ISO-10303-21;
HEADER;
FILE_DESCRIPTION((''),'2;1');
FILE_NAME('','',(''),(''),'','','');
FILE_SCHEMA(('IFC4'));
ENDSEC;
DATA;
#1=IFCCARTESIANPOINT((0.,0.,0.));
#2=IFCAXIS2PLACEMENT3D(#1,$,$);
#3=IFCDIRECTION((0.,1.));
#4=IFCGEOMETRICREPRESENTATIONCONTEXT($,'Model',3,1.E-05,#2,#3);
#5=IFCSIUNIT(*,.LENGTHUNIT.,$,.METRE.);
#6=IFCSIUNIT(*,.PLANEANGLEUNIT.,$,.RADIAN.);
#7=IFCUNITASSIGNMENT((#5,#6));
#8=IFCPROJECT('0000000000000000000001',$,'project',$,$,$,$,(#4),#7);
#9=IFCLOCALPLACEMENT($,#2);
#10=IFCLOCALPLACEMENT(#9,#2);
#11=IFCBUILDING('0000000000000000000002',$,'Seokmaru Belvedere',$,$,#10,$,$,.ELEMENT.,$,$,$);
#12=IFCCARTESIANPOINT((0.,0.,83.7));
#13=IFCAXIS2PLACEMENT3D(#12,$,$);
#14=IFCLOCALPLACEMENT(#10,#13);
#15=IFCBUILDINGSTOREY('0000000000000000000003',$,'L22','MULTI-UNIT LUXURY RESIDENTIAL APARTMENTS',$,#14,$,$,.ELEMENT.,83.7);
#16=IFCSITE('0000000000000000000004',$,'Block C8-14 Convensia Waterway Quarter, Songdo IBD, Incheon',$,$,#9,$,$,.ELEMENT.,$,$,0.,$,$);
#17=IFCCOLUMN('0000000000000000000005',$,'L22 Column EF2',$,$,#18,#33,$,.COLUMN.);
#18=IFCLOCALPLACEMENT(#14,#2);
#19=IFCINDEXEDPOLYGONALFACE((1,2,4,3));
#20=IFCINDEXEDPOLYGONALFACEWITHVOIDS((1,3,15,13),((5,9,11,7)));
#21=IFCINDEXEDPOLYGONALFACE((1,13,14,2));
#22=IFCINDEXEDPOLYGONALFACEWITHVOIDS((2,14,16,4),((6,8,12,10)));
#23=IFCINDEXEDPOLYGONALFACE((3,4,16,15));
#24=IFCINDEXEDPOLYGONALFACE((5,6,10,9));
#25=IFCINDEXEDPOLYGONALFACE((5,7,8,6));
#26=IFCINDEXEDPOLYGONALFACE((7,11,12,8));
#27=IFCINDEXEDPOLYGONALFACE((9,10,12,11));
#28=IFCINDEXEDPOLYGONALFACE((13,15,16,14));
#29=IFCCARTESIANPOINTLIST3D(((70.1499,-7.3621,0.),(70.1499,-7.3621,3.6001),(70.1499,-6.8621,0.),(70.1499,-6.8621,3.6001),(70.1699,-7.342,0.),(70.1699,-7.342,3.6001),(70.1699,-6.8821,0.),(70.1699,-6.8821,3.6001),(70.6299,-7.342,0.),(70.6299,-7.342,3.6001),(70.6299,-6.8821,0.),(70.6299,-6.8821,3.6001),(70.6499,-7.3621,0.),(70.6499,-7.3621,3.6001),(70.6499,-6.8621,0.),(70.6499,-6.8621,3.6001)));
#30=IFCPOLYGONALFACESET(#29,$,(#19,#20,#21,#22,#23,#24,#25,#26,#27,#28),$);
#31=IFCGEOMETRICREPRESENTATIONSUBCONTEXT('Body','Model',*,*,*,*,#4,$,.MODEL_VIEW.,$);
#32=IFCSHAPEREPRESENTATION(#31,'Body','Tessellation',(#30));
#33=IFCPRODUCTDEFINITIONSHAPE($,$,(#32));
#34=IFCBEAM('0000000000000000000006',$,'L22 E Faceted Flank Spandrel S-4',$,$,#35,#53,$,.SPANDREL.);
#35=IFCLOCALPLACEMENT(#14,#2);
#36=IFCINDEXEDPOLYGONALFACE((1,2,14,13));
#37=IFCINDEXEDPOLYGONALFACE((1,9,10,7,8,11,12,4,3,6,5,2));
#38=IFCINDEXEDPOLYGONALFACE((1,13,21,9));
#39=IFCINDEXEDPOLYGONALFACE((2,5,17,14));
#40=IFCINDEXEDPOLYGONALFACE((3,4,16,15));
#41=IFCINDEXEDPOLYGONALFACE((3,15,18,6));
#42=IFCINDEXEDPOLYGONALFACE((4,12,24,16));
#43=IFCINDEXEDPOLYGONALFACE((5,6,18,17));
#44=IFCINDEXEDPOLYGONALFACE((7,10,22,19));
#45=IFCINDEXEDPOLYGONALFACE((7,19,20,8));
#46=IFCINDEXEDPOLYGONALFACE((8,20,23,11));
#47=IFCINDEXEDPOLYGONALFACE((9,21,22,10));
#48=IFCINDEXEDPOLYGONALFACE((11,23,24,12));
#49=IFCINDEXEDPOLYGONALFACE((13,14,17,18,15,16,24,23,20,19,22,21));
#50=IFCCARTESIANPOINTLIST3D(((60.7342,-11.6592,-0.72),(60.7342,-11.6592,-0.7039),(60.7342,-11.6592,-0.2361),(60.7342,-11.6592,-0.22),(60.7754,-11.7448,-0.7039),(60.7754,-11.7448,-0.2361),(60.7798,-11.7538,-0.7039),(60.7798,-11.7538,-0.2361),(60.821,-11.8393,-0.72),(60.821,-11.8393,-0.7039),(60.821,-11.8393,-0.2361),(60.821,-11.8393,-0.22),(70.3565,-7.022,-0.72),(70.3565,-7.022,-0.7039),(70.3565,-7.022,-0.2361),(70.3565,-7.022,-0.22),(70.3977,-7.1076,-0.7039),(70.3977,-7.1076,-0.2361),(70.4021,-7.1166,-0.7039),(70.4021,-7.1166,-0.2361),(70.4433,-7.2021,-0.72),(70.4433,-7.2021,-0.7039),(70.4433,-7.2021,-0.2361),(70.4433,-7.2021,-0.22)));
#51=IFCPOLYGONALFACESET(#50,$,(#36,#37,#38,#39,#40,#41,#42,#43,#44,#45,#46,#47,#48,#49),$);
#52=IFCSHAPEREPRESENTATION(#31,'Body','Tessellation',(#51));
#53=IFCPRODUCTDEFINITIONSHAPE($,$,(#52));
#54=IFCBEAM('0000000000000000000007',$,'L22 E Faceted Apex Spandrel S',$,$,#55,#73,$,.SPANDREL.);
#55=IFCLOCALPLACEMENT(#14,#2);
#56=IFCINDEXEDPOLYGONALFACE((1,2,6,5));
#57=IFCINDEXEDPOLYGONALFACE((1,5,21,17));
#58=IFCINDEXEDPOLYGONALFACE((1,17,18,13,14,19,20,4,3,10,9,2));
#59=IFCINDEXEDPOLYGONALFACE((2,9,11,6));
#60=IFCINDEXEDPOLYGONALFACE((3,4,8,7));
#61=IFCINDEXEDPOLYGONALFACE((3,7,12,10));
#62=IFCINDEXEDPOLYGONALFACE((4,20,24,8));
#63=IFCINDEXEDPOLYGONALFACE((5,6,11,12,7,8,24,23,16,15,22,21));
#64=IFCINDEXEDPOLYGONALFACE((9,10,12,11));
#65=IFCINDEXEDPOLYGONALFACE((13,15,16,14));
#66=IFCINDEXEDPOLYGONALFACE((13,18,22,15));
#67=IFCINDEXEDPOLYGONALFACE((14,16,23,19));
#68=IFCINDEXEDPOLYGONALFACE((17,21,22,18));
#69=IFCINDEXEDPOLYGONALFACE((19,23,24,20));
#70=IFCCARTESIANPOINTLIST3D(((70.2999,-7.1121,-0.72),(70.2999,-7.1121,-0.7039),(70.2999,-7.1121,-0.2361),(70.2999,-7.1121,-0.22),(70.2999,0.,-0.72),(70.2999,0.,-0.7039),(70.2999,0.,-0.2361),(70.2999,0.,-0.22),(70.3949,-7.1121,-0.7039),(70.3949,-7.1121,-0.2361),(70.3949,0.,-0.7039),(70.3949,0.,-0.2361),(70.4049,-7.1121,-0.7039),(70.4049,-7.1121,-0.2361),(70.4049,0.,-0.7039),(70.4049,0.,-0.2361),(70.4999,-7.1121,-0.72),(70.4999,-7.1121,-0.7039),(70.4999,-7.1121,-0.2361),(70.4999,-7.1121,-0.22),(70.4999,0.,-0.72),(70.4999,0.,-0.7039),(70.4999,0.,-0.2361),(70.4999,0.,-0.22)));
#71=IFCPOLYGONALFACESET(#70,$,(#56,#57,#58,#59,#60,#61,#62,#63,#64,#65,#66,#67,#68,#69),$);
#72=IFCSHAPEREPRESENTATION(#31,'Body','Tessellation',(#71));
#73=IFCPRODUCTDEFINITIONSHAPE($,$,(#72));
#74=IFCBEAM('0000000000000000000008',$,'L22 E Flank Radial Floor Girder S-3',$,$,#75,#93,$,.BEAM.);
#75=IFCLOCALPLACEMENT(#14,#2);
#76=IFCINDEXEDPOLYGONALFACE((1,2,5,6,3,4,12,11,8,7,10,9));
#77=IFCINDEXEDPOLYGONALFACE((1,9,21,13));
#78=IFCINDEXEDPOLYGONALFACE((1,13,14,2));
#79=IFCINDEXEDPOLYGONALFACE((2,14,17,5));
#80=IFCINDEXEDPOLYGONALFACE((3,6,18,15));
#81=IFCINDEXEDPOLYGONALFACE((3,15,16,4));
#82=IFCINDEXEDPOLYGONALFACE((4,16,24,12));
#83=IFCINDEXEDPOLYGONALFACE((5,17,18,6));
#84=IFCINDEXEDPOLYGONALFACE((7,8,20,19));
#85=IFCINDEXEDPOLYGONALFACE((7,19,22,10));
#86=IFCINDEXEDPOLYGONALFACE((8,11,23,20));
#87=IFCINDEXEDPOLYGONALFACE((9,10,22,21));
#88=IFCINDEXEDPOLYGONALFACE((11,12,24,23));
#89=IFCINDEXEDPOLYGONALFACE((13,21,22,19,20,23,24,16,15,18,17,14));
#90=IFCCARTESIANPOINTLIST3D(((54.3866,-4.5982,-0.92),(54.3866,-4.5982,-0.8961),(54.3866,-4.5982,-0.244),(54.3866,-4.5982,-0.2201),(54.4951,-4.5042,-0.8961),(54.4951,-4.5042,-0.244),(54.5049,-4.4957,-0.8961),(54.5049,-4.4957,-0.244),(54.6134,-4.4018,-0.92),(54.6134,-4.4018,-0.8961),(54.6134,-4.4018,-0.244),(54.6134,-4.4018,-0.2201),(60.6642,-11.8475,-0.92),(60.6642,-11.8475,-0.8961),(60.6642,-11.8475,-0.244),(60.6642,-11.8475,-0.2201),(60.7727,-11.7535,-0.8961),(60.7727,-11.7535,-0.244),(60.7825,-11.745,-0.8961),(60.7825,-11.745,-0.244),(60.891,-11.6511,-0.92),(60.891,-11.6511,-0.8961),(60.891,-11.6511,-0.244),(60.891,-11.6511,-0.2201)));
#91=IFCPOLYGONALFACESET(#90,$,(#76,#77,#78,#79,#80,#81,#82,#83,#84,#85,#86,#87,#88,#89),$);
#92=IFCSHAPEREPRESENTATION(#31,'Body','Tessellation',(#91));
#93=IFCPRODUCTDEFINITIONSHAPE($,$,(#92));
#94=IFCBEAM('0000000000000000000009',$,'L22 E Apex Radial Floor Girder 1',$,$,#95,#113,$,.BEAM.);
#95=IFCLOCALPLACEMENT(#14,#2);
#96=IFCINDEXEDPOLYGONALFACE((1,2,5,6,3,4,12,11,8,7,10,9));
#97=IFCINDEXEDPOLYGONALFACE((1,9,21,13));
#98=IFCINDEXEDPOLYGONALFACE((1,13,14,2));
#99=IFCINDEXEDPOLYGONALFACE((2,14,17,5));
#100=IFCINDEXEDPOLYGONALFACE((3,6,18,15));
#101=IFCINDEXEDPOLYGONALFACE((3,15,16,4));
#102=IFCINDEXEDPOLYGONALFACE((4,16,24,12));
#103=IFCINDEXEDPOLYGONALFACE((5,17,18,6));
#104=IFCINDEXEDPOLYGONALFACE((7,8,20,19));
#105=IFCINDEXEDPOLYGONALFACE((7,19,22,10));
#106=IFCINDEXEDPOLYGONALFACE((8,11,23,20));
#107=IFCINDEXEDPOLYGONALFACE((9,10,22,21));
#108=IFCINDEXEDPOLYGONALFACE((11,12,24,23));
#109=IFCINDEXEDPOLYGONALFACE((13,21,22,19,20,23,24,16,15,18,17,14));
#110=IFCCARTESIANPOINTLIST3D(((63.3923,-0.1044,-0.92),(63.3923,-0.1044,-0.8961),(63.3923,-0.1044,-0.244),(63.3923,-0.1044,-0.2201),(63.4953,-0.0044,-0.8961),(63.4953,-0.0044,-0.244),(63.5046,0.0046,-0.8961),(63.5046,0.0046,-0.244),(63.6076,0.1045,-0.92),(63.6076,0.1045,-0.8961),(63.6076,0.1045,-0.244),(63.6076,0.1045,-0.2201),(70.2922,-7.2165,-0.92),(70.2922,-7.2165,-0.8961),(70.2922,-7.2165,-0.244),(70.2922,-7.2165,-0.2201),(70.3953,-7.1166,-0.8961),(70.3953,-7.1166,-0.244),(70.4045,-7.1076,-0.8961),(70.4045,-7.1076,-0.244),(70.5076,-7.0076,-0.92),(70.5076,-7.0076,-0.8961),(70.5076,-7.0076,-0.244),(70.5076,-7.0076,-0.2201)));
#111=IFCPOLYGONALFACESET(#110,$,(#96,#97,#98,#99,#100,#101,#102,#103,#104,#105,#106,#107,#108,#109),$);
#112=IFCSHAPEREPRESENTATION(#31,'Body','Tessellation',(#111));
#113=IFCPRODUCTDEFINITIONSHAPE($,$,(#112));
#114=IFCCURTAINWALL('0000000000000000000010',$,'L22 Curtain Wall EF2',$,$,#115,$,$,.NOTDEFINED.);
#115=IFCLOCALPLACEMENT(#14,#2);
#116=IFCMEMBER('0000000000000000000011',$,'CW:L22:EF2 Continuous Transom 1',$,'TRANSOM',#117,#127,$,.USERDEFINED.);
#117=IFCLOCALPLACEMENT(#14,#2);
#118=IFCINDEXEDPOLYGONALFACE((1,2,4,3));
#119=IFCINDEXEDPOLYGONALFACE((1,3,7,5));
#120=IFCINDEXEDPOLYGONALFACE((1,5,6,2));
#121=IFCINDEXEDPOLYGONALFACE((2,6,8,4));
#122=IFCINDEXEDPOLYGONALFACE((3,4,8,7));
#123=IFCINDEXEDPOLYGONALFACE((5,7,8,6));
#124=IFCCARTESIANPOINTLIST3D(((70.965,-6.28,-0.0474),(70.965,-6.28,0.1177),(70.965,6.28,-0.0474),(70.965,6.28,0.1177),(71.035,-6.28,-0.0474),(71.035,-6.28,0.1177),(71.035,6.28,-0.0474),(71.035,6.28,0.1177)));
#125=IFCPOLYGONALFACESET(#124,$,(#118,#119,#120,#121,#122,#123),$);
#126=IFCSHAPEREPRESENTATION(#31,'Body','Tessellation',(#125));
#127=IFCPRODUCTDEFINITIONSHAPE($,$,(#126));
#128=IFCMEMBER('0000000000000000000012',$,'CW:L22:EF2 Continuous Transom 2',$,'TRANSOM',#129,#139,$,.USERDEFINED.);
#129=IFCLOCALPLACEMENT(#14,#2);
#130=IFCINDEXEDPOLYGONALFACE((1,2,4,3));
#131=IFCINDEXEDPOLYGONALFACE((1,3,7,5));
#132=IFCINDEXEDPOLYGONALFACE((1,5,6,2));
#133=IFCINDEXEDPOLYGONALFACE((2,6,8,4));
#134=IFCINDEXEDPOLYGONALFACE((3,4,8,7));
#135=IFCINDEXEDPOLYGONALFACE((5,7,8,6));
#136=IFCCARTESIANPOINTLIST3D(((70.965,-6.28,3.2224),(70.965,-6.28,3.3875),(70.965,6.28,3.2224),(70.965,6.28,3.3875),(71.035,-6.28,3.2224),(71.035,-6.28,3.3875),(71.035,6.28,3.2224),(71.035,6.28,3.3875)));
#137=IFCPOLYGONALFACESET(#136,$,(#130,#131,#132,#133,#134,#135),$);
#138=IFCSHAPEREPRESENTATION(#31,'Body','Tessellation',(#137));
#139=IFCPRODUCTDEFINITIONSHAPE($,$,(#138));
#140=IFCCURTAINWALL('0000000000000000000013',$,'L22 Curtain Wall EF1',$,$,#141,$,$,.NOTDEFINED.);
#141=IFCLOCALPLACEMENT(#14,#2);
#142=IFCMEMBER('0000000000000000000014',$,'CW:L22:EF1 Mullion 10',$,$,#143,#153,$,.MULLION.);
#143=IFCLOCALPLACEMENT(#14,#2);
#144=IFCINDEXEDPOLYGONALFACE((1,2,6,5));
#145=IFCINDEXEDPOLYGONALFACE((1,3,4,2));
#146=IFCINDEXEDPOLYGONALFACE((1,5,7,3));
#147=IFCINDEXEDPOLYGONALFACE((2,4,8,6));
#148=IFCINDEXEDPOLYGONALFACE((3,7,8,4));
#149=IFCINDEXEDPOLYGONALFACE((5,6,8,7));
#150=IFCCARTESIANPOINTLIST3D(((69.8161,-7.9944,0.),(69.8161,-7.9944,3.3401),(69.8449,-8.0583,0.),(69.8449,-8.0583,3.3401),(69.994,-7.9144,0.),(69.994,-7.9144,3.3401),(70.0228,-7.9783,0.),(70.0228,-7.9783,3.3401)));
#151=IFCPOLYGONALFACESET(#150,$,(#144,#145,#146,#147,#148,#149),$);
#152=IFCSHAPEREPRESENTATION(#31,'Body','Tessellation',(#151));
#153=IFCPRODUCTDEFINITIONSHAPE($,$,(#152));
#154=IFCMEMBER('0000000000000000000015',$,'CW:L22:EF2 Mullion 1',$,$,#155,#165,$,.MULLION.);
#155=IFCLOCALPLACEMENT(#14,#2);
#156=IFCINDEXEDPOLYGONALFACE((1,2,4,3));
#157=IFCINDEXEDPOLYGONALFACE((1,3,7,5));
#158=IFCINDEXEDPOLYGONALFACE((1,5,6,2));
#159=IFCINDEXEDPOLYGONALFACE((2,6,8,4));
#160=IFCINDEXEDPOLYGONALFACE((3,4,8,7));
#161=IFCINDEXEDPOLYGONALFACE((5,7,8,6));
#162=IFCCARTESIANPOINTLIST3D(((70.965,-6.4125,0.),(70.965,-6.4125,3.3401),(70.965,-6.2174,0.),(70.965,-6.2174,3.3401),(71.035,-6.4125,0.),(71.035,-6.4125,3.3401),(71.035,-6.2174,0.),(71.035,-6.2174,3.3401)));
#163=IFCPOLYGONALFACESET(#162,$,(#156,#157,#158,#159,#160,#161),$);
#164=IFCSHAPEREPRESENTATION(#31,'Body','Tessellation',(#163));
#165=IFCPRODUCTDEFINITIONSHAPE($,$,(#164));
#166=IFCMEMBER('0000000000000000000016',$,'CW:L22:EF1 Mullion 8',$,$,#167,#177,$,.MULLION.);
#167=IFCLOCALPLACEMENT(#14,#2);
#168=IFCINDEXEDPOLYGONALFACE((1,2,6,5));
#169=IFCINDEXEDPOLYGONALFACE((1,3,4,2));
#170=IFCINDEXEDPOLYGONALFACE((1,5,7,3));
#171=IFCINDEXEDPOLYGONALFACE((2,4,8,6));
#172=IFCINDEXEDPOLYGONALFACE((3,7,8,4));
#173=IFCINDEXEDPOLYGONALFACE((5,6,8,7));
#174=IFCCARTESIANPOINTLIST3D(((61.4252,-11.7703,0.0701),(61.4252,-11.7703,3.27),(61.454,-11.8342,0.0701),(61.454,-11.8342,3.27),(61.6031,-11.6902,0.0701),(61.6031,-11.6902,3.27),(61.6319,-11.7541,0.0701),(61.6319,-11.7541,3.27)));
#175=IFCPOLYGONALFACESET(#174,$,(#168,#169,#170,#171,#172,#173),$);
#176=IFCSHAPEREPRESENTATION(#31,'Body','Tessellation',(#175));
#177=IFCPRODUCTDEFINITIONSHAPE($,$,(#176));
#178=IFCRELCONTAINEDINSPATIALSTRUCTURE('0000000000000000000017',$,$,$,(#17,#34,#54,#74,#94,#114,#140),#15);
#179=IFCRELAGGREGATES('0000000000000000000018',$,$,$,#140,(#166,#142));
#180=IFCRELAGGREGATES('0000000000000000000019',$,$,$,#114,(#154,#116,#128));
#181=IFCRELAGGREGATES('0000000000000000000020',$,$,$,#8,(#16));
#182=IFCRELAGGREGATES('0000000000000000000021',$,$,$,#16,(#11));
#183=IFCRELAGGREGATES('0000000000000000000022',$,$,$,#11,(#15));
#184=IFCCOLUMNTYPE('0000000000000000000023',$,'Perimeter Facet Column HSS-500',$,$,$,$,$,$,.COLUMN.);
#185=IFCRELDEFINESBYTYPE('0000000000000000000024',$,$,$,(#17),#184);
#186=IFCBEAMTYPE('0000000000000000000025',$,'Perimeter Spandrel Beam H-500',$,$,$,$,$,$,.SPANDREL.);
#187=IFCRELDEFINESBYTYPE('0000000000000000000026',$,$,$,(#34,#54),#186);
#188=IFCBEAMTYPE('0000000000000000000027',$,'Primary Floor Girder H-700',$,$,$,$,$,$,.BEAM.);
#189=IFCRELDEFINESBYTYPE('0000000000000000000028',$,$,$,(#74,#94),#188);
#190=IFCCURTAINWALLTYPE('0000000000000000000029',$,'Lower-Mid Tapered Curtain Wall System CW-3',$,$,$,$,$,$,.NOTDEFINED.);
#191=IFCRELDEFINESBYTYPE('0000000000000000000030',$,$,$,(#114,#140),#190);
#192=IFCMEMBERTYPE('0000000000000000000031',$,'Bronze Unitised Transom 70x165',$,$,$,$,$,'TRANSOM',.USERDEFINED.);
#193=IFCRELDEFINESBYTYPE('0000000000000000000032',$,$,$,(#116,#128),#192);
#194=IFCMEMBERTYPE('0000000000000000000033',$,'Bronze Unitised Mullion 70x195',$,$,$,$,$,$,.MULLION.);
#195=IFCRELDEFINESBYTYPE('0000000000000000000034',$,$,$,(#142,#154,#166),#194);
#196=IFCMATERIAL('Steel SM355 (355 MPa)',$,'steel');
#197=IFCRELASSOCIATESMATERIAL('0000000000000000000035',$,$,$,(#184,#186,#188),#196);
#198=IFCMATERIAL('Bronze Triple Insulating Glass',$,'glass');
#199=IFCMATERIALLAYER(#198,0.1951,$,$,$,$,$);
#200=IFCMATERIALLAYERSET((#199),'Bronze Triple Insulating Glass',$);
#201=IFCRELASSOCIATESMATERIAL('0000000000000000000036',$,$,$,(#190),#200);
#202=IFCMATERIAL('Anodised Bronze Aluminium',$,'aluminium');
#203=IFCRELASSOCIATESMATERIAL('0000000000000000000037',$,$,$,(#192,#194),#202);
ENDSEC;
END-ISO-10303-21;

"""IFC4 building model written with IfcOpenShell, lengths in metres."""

from ifc_helpers import new_model, si_unit, direction, frame, origin, origin_2d, place, context, subcontext, project, spatial, rectangle, hollow_rectangle, i_section, extrude, source, transform, mapped, material, layer, layer_set, material_profile, profile_set, type_object, type_shapes, element, aggregate, save


model = new_model("IFC4")

# Units and contexts
model_context = context("Model", 3, precision=1e-05, world=origin(), true_north=direction((0.0, 1.0)))
body_context = subcontext(model_context, "Body", "Model", "MODEL_VIEW")
ifc_project = project(units=[si_unit("LENGTHUNIT", "METRE"), si_unit("PLANEANGLEUNIT", "RADIAN")], contexts=[model_context])

# Site, building, storey
site_placement = place(None, origin())
site = spatial("IfcSite", under=ifc_project, at=site_placement, Name="Block C8-14 Convensia Waterway Quarter, Songdo IBD, Incheon", CompositionType="ELEMENT", RefElevation=0.0)
building_placement = place(site_placement, origin())
building = spatial("IfcBuilding", under=site, at=building_placement, Name="Seokmaru Belvedere", CompositionType="ELEMENT")
storey_placement = place(building_placement, frame((0.0, 0.0, 83.7)))
storey = spatial("IfcBuildingStorey", under=building, at=storey_placement, Name="L22", Description="MULTI-UNIT LUXURY RESIDENTIAL APARTMENTS", CompositionType="ELEMENT", Elevation=83.7)

# Column
ifc_material_1 = material(Name="Steel SM355 (355 MPa)", Category="steel")
ifc_material_profile_1 = material_profile(ifc_material_1, hollow_rectangle(XDim=0.5, YDim=0.5, WallThickness=0.02, at=origin_2d()), Name="HSS-500x500x20")
ifc_profile_set_1 = profile_set([ifc_material_profile_1], Name="Steel SM355 (355 MPa)")
column_type = type_object("IfcColumnType", Name="Perimeter Facet Column HSS-500", PredefinedType="COLUMN", material=ifc_profile_set_1)
shared_shape_1 = source(origin(), body_context, "Body", "SweptSolid", [
    extrude(hollow_rectangle(XDim=0.5, YDim=0.5, WallThickness=0.02, at=origin_2d()), origin(), (0.0, 0.0, 1.0), 3.6001),
])
type_shapes(column_type, [shared_shape_1])
column_placement = place(storey_placement, frame((70.3999, -7.1121, 0.0), z_axis=(0.0, 0.0, 1.0), x_axis=(1.0, 0.0, 0.0)))
element("IfcColumn", 1, at=column_placement, inside=storey, type_object=column_type, Name="L22 Column EF2", PredefinedType="COLUMN", context=body_context, shape_type="MappedRepresentation", body=[
    mapped(shared_shape_1, transform((0.0, 0.0, 0.0), scale=1.0)),
])

# Beams
ifc_material_profile_2 = material_profile(ifc_material_1, i_section(OverallWidth=0.2, OverallDepth=0.5, WebThickness=0.01, FlangeThickness=0.0161, at=origin_2d()), Name="H-500x200x10x16")
ifc_profile_set_2 = profile_set([ifc_material_profile_2], Name="Steel SM355 (355 MPa)")
beam_type_1 = type_object("IfcBeamType", Name="Perimeter Spandrel Beam H-500", PredefinedType="SPANDREL", material=ifc_profile_set_2)
shared_shape_2 = source(origin(), body_context, "Body", "SweptSolid", [
    extrude(i_section(OverallWidth=0.2, OverallDepth=0.5, WebThickness=0.01, FlangeThickness=0.0161, at=origin_2d()), origin(), (0.0, 0.0, 1.0), 10.6814),
])
beam_1_placement = place(storey_placement, frame((60.7776, -11.7493, -0.47), z_axis=(0.900846, 0.434138, 0.0), x_axis=(-0.434138, 0.900846, 0.0)))
element("IfcBeam", 2, at=beam_1_placement, inside=storey, type_object=beam_type_1, Name="L22 E Faceted Flank Spandrel S-4", PredefinedType="SPANDREL", context=body_context, shape_type="MappedRepresentation", body=[
    mapped(shared_shape_2, transform((0.0, 0.0, 0.0), scale=1.0)),
])
shared_shape_3 = source(origin(), body_context, "Body", "SweptSolid", [
    extrude(i_section(OverallWidth=0.2, OverallDepth=0.5, WebThickness=0.01, FlangeThickness=0.0161, at=origin_2d()), origin(), (0.0, 0.0, 1.0), 7.1121),
])
type_shapes(beam_type_1, [shared_shape_2, shared_shape_3])
beam_2_placement = place(storey_placement, frame((70.3999, -7.1121, -0.47), z_axis=(0.0, 1.0, 0.0), x_axis=(-1.0, 0.0, 0.0)))
element("IfcBeam", 3, at=beam_2_placement, inside=storey, type_object=beam_type_1, Name="L22 E Faceted Apex Spandrel S", PredefinedType="SPANDREL", context=body_context, shape_type="MappedRepresentation", body=[
    mapped(shared_shape_3, transform((0.0, 0.0, 0.0), scale=1.0)),
])
ifc_material_profile_3 = material_profile(ifc_material_1, i_section(OverallWidth=0.3, OverallDepth=0.7, WebThickness=0.0129, FlangeThickness=0.0239, at=origin_2d()), Name="H-700x300x13x24")
ifc_profile_set_3 = profile_set([ifc_material_profile_3], Name="Steel SM355 (355 MPa)")
beam_type_2 = type_object("IfcBeamType", Name="Primary Floor Girder H-700", PredefinedType="BEAM", material=ifc_profile_set_3)
shared_shape_4 = source(origin(), body_context, "Body", "SweptSolid", [
    extrude(i_section(OverallWidth=0.3, OverallDepth=0.7, WebThickness=0.0129, FlangeThickness=0.0239, at=origin_2d()), origin(), (0.0, 0.0, 1.0), 9.5896),
])
beam_3_placement = place(storey_placement, frame((60.7776, -11.7493, -0.5701), z_axis=(-0.654626, 0.755953, 0.0), x_axis=(-0.755953, -0.654626, 0.0)))
element("IfcBeam", 4, at=beam_3_placement, inside=storey, type_object=beam_type_2, Name="L22 E Flank Radial Floor Girder S-3", PredefinedType="BEAM", context=body_context, shape_type="MappedRepresentation", body=[
    mapped(shared_shape_4, transform((0.0, 0.0, 0.0), scale=1.0)),
])
shared_shape_5 = source(origin(), body_context, "Body", "SweptSolid", [
    extrude(i_section(OverallWidth=0.3, OverallDepth=0.7, WebThickness=0.0129, FlangeThickness=0.0239, at=origin_2d()), origin(), (0.0, 0.0, 1.0), 9.9092),
])
type_shapes(beam_type_2, [shared_shape_4, shared_shape_5])
beam_4_placement = place(storey_placement, frame((70.3999, -7.1121, -0.5701), z_axis=(-0.696321, 0.717731, 0.0), x_axis=(-0.717731, -0.696321, 0.0)))
element("IfcBeam", 5, at=beam_4_placement, inside=storey, type_object=beam_type_2, Name="L22 E Apex Radial Floor Girder 1", PredefinedType="BEAM", context=body_context, shape_type="MappedRepresentation", body=[
    mapped(shared_shape_5, transform((0.0, 0.0, 0.0), scale=1.0)),
])

# Curtain wall, members
ifc_material_2 = material(Name="Bronze Triple Insulating Glass", Category="glass")
ifc_layer_1 = layer(ifc_material_2, 0.1951)
ifc_layer_set_1 = layer_set([ifc_layer_1], Name="Bronze Triple Insulating Glass")
curtain_wall_type = type_object("IfcCurtainWallType", Name="Lower-Mid Tapered Curtain Wall System CW-3", PredefinedType="NOTDEFINED", material=ifc_layer_set_1)
curtain_wall_1_placement = place(storey_placement, origin())
curtain_wall_1 = element("IfcCurtainWall", 6, at=curtain_wall_1_placement, inside=storey, type_object=curtain_wall_type, Name="L22 Curtain Wall EF2", PredefinedType="NOTDEFINED")
ifc_material_3 = material(Name="Anodised Bronze Aluminium", Category="aluminium")
ifc_material_profile_4 = material_profile(ifc_material_3, rectangle(XDim=0.0701, YDim=0.165, at=origin_2d()), Name="CW-T-70x165")
ifc_profile_set_4 = profile_set([ifc_material_profile_4], Name="Anodised Bronze Aluminium")
member_type_1 = type_object("IfcMemberType", Name="Bronze Unitised Transom 70x165", ElementType="TRANSOM", PredefinedType="USERDEFINED", material=ifc_profile_set_4)
shared_shape_6 = source(origin(), body_context, "Body", "SweptSolid", [
    extrude(rectangle(XDim=0.0701, YDim=0.165, at=origin_2d()), origin(), (0.0, 0.0, 1.0), 12.5601),
])
type_shapes(member_type_1, [shared_shape_6])
member_1_placement = place(storey_placement, frame((71.0, -6.28, 0.0352), z_axis=(0.0, 1.0, 0.0), x_axis=(-1.0, 0.0, 0.0)))
member_1 = element("IfcMember", 7, at=member_1_placement, type_object=member_type_1, Name="CW:L22:EF2 Continuous Transom 1", ObjectType="TRANSOM", PredefinedType="USERDEFINED", context=body_context, shape_type="MappedRepresentation", body=[
    mapped(shared_shape_6, transform((0.0, 0.0, 0.0), scale=1.0)),
])
member_2_placement = place(storey_placement, frame((71.0, -6.28, 3.3049), z_axis=(0.0, 1.0, 0.0), x_axis=(-1.0, 0.0, 0.0)))
member_2 = element("IfcMember", 8, at=member_2_placement, type_object=member_type_1, Name="CW:L22:EF2 Continuous Transom 2", ObjectType="TRANSOM", PredefinedType="USERDEFINED", context=body_context, shape_type="MappedRepresentation", body=[
    mapped(shared_shape_6, transform((0.0, 0.0, 0.0), scale=1.0)),
])

# Curtain wall, member
curtain_wall_2_placement = place(storey_placement, origin())
curtain_wall_2 = element("IfcCurtainWall", 9, at=curtain_wall_2_placement, inside=storey, type_object=curtain_wall_type, Name="L22 Curtain Wall EF1", PredefinedType="NOTDEFINED")
ifc_material_profile_5 = material_profile(ifc_material_3, rectangle(XDim=0.0701, YDim=0.1951, at=origin_2d()), Name="CW-M-70x195")
ifc_profile_set_5 = profile_set([ifc_material_profile_5], Name="Anodised Bronze Aluminium")
member_type_2 = type_object("IfcMemberType", Name="Bronze Unitised Mullion 70x195", PredefinedType="MULLION", material=ifc_profile_set_5)
shared_shape_7 = source(origin(), body_context, "Body", "SweptSolid", [
    extrude(rectangle(XDim=0.0701, YDim=0.1951, at=origin_2d()), origin(), (0.0, 0.0, 1.0), 3.3401),
])
member_3_placement = place(storey_placement, frame((69.9194, -7.9863, 0.0), z_axis=(0.0, 0.0, 1.0), x_axis=(-0.410366, 0.911921, 0.0)))
member_3 = element("IfcMember", 10, at=member_3_placement, type_object=member_type_2, Name="CW:L22:EF1 Mullion 10", PredefinedType="MULLION", context=body_context, shape_type="MappedRepresentation", body=[
    mapped(shared_shape_7, transform((0.0, 0.0, 0.0), scale=1.0)),
])

# Members
member_4_placement = place(storey_placement, frame((71.0, -6.3149, 0.0), z_axis=(0.0, 0.0, 1.0), x_axis=(-1.0, 0.0, 0.0)))
member_4 = element("IfcMember", 11, at=member_4_placement, type_object=member_type_2, Name="CW:L22:EF2 Mullion 1", PredefinedType="MULLION", context=body_context, shape_type="MappedRepresentation", body=[
    mapped(shared_shape_7, transform((0.0, 0.0, 0.0), scale=1.0)),
])
shared_shape_8 = source(origin(), body_context, "Body", "SweptSolid", [
    extrude(rectangle(XDim=0.0701, YDim=0.1951, at=origin_2d()), origin(), (0.0, 0.0, 1.0), 3.2),
])
type_shapes(member_type_2, [shared_shape_7, shared_shape_8])
member_5_placement = place(storey_placement, frame((61.5286, -11.7622, 0.0701), z_axis=(0.0, 0.0, 1.0), x_axis=(-0.410366, 0.911921, 0.0)))
member_5 = element("IfcMember", 12, at=member_5_placement, type_object=member_type_2, Name="CW:L22:EF1 Mullion 8", PredefinedType="MULLION", context=body_context, shape_type="MappedRepresentation", body=[
    mapped(shared_shape_8, transform((0.0, 0.0, 0.0), scale=1.0)),
])

aggregate(curtain_wall_2, [member_5, member_3])
aggregate(curtain_wall_1, [member_4, member_1, member_2])

save(model, "model.ifc")
